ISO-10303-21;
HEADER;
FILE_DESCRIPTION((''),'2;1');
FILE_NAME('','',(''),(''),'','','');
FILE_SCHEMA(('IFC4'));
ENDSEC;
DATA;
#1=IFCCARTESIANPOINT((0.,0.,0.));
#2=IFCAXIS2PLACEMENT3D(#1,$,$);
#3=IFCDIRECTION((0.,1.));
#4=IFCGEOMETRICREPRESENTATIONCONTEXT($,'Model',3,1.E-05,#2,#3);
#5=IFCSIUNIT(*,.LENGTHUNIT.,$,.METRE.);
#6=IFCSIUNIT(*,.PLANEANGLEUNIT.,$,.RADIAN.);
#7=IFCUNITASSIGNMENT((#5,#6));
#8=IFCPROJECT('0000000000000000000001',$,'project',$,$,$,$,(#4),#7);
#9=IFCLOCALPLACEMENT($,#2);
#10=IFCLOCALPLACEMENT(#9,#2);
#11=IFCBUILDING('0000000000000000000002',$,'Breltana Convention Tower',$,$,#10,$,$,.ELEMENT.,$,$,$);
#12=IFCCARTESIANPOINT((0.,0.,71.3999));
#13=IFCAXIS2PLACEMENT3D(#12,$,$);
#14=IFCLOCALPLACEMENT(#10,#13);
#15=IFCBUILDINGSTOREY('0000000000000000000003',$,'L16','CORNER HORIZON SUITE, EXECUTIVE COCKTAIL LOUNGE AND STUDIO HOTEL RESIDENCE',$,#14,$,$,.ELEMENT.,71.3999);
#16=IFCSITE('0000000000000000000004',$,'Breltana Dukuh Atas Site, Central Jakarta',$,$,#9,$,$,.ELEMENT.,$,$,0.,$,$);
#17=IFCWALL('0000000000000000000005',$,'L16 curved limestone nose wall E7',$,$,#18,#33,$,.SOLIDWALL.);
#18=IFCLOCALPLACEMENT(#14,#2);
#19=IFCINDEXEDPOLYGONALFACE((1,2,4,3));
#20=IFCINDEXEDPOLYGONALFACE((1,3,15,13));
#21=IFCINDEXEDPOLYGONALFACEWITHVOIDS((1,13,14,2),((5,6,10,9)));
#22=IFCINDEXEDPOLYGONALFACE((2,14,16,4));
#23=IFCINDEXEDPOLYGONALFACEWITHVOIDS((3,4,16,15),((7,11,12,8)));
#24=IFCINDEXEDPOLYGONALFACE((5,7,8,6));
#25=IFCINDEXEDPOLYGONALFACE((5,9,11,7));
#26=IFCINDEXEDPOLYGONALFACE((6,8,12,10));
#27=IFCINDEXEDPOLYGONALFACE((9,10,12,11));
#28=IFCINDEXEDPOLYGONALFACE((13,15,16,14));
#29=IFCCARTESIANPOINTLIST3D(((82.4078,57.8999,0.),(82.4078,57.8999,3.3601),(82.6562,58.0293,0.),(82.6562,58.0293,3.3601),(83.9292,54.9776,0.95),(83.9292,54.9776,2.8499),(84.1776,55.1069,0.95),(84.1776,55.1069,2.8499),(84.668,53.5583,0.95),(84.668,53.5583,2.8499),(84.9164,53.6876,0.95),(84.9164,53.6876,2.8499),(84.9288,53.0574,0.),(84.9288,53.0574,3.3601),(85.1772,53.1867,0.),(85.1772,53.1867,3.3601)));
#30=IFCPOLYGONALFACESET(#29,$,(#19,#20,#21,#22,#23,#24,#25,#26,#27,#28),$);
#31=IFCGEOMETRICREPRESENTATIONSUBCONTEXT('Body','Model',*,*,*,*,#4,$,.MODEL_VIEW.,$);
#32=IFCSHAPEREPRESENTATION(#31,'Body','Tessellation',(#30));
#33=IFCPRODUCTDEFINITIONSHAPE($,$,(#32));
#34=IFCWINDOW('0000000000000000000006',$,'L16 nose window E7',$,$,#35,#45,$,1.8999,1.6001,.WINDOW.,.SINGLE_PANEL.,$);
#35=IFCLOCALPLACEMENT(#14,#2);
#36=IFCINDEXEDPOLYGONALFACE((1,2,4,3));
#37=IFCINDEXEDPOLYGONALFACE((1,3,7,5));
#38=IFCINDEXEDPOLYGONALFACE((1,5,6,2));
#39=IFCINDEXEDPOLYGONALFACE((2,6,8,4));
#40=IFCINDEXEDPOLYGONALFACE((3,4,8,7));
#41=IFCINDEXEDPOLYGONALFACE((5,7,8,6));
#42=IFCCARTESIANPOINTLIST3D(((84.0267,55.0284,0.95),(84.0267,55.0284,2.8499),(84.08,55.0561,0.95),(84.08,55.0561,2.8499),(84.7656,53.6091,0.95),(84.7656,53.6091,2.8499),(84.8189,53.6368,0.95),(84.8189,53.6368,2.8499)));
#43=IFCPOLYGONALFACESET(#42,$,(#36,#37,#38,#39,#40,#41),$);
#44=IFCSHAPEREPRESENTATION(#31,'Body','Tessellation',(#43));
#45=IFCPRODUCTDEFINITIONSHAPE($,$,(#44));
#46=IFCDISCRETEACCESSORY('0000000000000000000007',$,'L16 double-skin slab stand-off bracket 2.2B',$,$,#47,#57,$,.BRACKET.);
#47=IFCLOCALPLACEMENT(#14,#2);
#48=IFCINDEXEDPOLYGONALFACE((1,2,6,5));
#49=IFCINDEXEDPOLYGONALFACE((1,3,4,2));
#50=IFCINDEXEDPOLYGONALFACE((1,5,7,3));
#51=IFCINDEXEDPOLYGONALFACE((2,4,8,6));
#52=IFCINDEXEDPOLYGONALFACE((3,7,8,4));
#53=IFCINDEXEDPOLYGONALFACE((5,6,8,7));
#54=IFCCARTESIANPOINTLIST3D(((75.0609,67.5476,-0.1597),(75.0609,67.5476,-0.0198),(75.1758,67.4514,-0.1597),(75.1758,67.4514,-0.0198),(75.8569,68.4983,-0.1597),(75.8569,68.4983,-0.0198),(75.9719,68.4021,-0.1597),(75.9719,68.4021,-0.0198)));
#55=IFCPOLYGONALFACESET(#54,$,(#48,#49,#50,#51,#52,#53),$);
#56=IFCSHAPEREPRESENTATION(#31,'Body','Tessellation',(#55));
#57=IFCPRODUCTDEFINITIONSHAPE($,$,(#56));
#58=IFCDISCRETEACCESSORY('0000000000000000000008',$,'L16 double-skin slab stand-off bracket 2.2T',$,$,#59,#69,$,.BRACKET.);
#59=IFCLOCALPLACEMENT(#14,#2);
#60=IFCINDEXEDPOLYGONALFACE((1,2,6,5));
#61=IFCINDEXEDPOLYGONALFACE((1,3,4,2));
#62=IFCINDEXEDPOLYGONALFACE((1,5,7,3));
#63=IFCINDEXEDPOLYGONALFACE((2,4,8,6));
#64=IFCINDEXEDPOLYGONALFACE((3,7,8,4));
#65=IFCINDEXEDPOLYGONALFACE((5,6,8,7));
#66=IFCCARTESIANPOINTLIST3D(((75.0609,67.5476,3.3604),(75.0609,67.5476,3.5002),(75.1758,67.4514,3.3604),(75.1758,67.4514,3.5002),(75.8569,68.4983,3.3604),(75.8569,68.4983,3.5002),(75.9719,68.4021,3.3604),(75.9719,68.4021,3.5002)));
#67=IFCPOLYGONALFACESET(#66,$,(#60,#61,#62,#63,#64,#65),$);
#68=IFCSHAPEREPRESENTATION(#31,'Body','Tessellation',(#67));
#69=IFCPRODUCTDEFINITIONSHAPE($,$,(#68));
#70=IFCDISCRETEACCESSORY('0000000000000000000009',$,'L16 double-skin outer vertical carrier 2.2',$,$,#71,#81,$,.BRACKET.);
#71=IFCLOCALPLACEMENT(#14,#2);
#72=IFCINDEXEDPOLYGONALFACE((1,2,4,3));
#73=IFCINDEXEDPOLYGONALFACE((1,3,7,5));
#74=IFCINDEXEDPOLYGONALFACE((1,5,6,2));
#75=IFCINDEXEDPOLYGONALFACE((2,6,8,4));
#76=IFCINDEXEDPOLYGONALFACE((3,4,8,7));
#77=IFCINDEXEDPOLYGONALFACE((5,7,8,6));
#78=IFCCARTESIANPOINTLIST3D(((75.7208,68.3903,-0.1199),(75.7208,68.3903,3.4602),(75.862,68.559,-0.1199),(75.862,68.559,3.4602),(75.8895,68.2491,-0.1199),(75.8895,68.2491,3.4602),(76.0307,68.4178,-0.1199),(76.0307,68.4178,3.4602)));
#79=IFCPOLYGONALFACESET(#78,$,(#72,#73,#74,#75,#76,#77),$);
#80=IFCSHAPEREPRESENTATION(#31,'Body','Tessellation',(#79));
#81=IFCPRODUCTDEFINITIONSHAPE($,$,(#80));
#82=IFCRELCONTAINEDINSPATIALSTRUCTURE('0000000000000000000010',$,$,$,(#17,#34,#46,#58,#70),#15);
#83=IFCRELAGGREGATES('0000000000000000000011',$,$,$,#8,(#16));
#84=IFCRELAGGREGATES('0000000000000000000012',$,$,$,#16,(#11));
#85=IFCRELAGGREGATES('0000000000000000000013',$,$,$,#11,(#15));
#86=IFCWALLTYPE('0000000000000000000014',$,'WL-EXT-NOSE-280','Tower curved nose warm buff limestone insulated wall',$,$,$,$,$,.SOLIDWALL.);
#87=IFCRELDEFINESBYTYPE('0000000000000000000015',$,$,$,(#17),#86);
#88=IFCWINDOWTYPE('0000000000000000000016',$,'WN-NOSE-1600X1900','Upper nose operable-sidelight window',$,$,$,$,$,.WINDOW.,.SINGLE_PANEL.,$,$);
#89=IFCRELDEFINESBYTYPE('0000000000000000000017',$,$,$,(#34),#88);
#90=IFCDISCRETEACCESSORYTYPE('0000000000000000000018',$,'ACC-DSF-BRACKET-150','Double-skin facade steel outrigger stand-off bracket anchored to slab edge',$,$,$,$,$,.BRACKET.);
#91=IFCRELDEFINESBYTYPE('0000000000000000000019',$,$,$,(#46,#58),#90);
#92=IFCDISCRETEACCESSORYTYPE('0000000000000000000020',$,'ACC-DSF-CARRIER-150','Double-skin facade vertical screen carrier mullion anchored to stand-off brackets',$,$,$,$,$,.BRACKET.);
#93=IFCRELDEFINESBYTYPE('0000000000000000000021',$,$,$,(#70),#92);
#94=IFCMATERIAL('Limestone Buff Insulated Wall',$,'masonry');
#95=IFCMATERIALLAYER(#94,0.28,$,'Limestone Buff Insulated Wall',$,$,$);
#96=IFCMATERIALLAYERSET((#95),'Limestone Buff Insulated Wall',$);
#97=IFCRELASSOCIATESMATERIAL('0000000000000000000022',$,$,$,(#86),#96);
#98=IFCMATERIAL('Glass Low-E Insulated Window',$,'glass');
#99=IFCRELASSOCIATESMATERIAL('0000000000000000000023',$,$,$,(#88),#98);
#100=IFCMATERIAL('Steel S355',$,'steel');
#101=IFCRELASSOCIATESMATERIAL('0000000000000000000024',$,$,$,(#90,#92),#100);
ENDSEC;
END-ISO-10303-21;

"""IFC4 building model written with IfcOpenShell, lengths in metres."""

from ifc_helpers import new_model, si_unit, direction, frame, frame_2d, origin, origin_2d, place, context, subcontext, project, spatial, rectangle, extrude, source, transform, mapped, material, layer, layer_set, type_object, type_shapes, element, fill, save


model = new_model("IFC4")

# Units and contexts
model_context = context("Model", 3, precision=1e-05, world=origin(), true_north=direction((0.0, 1.0)))
body_context = subcontext(model_context, "Body", "Model", "MODEL_VIEW")
ifc_project = project(units=[si_unit("LENGTHUNIT", "METRE"), si_unit("PLANEANGLEUNIT", "RADIAN")], contexts=[model_context])

# Site, building, storey
site_placement = place(None, origin())
site = spatial("IfcSite", under=ifc_project, at=site_placement, Name="Breltana Dukuh Atas Site, Central Jakarta", CompositionType="ELEMENT", RefElevation=0.0)
building_placement = place(site_placement, origin())
building = spatial("IfcBuilding", under=site, at=building_placement, Name="Breltana Convention Tower", CompositionType="ELEMENT")
storey_placement = place(building_placement, frame((0.0, 0.0, 71.3999)))
storey = spatial("IfcBuildingStorey", under=building, at=storey_placement, Name="L16", Description="CORNER HORIZON SUITE, EXECUTIVE COCKTAIL LOUNGE AND STUDIO HOTEL RESIDENCE", CompositionType="ELEMENT", Elevation=71.3999)

# Wall, opening, window
ifc_material_1 = material(Name="Limestone Buff Insulated Wall", Category="masonry")
ifc_layer_1 = layer(ifc_material_1, 0.28, Name="Limestone Buff Insulated Wall")
ifc_layer_set_1 = layer_set([ifc_layer_1], Name="Limestone Buff Insulated Wall")
wall_type = type_object("IfcWallType", Name="WL-EXT-NOSE-280", Description="Tower curved nose warm buff limestone insulated wall", PredefinedType="SOLIDWALL", material=ifc_layer_set_1)
shared_shape_1 = source(origin(), body_context, "Body", "SweptSolid", [
    extrude(rectangle(XDim=5.4595, YDim=0.28, at=frame_2d((2.7297, 0.0))), origin(), (0.0, 0.0, 1.0), 3.3601),
])
wall_placement = place(storey_placement, frame((82.532, 57.9646, 0.0), z_axis=(0.0, 0.0, 1.0), x_axis=(0.461768, -0.887001, 0.0)))
wall = element("IfcWall", 1, at=wall_placement, inside=storey, type_object=wall_type, Name="L16 curved limestone nose wall E7", PredefinedType="SOLIDWALL", context=body_context, shape_type="MappedRepresentation", body=[
    mapped(shared_shape_1, transform((0.0, 0.0, 0.0), scale=1.0)),
])
opening_placement = place(wall_placement, frame((3.2947, 0.0, 0.95)))
opening = element("IfcOpeningElement", 2, at=opening_placement, cuts=wall, PredefinedType="OPENING", context=body_context, shape_type="SweptSolid", body=[
    extrude(rectangle(XDim=1.6001, YDim=1.8999, at=frame_2d((0.8, 0.95))), frame((0.0, 0.1499, 0.0), z_axis=(0.0, -1.0, 0.0), x_axis=(1.0, 0.0, 0.0)), (0.0, 0.0, 1.0), 0.3),
])
ifc_material_2 = material(Name="Glass Low-E Insulated Window", Category="glass")
window_type = type_object("IfcWindowType", Name="WN-NOSE-1600X1900", Description="Upper nose operable-sidelight window", PartitioningType="SINGLE_PANEL", PredefinedType="WINDOW", material=ifc_material_2)
shared_shape_2 = source(origin(), body_context, "Body", "SweptSolid", [
    extrude(rectangle(XDim=1.6001, YDim=1.8999, at=frame_2d((0.8, 0.95))), frame((0.0, 0.03, 0.0), z_axis=(0.0, -1.0, 0.0), x_axis=(1.0, 0.0, 0.0)), (0.0, 0.0, 1.0), 0.0601),
])
type_shapes(window_type, [shared_shape_2])
window_placement = place(opening_placement, origin())
window = element("IfcWindow", 3, at=window_placement, inside=storey, type_object=window_type, Name="L16 nose window E7", OverallHeight=1.8999, OverallWidth=1.6001, PartitioningType="SINGLE_PANEL", PredefinedType="WINDOW", context=body_context, shape_type="MappedRepresentation", body=[
    mapped(shared_shape_2, transform((0.0, 0.0, 0.0), scale=1.0)),
])
fill(opening, window)

# Discrete accessories
ifc_material_3 = material(Name="Steel S355", Category="steel")
discrete_accessory_type_1 = type_object("IfcDiscreteAccessoryType", Name="ACC-DSF-BRACKET-150", Description="Double-skin facade steel outrigger stand-off bracket anchored to slab edge", PredefinedType="BRACKET", material=ifc_material_3)
shared_shape_3 = source(origin(), body_context, "Body", "SweptSolid", [
    extrude(rectangle(XDim=1.24, YDim=0.1499, at=origin_2d()), origin(), (0.0, 0.0, 1.0), 0.1399),
])
type_shapes(discrete_accessory_type_1, [shared_shape_3])
for number, where, z_axis, x_axis, name in (
    (4, (75.5164, 67.9749, -0.1597), (0.0, 0.0, 1.0), (0.64199, 0.766713, 0.0), "L16 double-skin slab stand-off bracket 2.2B"),
    (5, (75.5164, 67.9749, 3.3604), (0.0, 0.0, 1.0), (0.64199, 0.766713, 0.0), "L16 double-skin slab stand-off bracket 2.2T"),
):
    element("IfcDiscreteAccessory", number, at=place(storey_placement, frame(where, z_axis=z_axis, x_axis=x_axis)), inside=storey, type_object=discrete_accessory_type_1, Name=name, PredefinedType="BRACKET", context=body_context, shape_type="MappedRepresentation", body=[
        mapped(shared_shape_3, transform((0.0, 0.0, 0.0), scale=1.0)),
    ])
discrete_accessory_type_2 = type_object("IfcDiscreteAccessoryType", Name="ACC-DSF-CARRIER-150", Description="Double-skin facade vertical screen carrier mullion anchored to stand-off brackets", PredefinedType="BRACKET", material=ifc_material_3)
shared_shape_4 = source(origin(), body_context, "Body", "SweptSolid", [
    extrude(rectangle(XDim=0.22, YDim=0.22, at=origin_2d()), origin(), (0.0, 0.0, 1.0), 3.5801),
])
discrete_accessory_placement = place(storey_placement, frame((75.8757, 68.4041, -0.1199), z_axis=(0.0, 0.0, 1.0), x_axis=(0.64199, 0.766713, 0.0)))
element("IfcDiscreteAccessory", 6, at=discrete_accessory_placement, inside=storey, type_object=discrete_accessory_type_2, Name="L16 double-skin outer vertical carrier 2.2", PredefinedType="BRACKET", context=body_context, shape_type="MappedRepresentation", body=[
    mapped(shared_shape_4, transform((0.0, 0.0, 0.0), scale=1.0)),
])

save(model, "model.ifc")
